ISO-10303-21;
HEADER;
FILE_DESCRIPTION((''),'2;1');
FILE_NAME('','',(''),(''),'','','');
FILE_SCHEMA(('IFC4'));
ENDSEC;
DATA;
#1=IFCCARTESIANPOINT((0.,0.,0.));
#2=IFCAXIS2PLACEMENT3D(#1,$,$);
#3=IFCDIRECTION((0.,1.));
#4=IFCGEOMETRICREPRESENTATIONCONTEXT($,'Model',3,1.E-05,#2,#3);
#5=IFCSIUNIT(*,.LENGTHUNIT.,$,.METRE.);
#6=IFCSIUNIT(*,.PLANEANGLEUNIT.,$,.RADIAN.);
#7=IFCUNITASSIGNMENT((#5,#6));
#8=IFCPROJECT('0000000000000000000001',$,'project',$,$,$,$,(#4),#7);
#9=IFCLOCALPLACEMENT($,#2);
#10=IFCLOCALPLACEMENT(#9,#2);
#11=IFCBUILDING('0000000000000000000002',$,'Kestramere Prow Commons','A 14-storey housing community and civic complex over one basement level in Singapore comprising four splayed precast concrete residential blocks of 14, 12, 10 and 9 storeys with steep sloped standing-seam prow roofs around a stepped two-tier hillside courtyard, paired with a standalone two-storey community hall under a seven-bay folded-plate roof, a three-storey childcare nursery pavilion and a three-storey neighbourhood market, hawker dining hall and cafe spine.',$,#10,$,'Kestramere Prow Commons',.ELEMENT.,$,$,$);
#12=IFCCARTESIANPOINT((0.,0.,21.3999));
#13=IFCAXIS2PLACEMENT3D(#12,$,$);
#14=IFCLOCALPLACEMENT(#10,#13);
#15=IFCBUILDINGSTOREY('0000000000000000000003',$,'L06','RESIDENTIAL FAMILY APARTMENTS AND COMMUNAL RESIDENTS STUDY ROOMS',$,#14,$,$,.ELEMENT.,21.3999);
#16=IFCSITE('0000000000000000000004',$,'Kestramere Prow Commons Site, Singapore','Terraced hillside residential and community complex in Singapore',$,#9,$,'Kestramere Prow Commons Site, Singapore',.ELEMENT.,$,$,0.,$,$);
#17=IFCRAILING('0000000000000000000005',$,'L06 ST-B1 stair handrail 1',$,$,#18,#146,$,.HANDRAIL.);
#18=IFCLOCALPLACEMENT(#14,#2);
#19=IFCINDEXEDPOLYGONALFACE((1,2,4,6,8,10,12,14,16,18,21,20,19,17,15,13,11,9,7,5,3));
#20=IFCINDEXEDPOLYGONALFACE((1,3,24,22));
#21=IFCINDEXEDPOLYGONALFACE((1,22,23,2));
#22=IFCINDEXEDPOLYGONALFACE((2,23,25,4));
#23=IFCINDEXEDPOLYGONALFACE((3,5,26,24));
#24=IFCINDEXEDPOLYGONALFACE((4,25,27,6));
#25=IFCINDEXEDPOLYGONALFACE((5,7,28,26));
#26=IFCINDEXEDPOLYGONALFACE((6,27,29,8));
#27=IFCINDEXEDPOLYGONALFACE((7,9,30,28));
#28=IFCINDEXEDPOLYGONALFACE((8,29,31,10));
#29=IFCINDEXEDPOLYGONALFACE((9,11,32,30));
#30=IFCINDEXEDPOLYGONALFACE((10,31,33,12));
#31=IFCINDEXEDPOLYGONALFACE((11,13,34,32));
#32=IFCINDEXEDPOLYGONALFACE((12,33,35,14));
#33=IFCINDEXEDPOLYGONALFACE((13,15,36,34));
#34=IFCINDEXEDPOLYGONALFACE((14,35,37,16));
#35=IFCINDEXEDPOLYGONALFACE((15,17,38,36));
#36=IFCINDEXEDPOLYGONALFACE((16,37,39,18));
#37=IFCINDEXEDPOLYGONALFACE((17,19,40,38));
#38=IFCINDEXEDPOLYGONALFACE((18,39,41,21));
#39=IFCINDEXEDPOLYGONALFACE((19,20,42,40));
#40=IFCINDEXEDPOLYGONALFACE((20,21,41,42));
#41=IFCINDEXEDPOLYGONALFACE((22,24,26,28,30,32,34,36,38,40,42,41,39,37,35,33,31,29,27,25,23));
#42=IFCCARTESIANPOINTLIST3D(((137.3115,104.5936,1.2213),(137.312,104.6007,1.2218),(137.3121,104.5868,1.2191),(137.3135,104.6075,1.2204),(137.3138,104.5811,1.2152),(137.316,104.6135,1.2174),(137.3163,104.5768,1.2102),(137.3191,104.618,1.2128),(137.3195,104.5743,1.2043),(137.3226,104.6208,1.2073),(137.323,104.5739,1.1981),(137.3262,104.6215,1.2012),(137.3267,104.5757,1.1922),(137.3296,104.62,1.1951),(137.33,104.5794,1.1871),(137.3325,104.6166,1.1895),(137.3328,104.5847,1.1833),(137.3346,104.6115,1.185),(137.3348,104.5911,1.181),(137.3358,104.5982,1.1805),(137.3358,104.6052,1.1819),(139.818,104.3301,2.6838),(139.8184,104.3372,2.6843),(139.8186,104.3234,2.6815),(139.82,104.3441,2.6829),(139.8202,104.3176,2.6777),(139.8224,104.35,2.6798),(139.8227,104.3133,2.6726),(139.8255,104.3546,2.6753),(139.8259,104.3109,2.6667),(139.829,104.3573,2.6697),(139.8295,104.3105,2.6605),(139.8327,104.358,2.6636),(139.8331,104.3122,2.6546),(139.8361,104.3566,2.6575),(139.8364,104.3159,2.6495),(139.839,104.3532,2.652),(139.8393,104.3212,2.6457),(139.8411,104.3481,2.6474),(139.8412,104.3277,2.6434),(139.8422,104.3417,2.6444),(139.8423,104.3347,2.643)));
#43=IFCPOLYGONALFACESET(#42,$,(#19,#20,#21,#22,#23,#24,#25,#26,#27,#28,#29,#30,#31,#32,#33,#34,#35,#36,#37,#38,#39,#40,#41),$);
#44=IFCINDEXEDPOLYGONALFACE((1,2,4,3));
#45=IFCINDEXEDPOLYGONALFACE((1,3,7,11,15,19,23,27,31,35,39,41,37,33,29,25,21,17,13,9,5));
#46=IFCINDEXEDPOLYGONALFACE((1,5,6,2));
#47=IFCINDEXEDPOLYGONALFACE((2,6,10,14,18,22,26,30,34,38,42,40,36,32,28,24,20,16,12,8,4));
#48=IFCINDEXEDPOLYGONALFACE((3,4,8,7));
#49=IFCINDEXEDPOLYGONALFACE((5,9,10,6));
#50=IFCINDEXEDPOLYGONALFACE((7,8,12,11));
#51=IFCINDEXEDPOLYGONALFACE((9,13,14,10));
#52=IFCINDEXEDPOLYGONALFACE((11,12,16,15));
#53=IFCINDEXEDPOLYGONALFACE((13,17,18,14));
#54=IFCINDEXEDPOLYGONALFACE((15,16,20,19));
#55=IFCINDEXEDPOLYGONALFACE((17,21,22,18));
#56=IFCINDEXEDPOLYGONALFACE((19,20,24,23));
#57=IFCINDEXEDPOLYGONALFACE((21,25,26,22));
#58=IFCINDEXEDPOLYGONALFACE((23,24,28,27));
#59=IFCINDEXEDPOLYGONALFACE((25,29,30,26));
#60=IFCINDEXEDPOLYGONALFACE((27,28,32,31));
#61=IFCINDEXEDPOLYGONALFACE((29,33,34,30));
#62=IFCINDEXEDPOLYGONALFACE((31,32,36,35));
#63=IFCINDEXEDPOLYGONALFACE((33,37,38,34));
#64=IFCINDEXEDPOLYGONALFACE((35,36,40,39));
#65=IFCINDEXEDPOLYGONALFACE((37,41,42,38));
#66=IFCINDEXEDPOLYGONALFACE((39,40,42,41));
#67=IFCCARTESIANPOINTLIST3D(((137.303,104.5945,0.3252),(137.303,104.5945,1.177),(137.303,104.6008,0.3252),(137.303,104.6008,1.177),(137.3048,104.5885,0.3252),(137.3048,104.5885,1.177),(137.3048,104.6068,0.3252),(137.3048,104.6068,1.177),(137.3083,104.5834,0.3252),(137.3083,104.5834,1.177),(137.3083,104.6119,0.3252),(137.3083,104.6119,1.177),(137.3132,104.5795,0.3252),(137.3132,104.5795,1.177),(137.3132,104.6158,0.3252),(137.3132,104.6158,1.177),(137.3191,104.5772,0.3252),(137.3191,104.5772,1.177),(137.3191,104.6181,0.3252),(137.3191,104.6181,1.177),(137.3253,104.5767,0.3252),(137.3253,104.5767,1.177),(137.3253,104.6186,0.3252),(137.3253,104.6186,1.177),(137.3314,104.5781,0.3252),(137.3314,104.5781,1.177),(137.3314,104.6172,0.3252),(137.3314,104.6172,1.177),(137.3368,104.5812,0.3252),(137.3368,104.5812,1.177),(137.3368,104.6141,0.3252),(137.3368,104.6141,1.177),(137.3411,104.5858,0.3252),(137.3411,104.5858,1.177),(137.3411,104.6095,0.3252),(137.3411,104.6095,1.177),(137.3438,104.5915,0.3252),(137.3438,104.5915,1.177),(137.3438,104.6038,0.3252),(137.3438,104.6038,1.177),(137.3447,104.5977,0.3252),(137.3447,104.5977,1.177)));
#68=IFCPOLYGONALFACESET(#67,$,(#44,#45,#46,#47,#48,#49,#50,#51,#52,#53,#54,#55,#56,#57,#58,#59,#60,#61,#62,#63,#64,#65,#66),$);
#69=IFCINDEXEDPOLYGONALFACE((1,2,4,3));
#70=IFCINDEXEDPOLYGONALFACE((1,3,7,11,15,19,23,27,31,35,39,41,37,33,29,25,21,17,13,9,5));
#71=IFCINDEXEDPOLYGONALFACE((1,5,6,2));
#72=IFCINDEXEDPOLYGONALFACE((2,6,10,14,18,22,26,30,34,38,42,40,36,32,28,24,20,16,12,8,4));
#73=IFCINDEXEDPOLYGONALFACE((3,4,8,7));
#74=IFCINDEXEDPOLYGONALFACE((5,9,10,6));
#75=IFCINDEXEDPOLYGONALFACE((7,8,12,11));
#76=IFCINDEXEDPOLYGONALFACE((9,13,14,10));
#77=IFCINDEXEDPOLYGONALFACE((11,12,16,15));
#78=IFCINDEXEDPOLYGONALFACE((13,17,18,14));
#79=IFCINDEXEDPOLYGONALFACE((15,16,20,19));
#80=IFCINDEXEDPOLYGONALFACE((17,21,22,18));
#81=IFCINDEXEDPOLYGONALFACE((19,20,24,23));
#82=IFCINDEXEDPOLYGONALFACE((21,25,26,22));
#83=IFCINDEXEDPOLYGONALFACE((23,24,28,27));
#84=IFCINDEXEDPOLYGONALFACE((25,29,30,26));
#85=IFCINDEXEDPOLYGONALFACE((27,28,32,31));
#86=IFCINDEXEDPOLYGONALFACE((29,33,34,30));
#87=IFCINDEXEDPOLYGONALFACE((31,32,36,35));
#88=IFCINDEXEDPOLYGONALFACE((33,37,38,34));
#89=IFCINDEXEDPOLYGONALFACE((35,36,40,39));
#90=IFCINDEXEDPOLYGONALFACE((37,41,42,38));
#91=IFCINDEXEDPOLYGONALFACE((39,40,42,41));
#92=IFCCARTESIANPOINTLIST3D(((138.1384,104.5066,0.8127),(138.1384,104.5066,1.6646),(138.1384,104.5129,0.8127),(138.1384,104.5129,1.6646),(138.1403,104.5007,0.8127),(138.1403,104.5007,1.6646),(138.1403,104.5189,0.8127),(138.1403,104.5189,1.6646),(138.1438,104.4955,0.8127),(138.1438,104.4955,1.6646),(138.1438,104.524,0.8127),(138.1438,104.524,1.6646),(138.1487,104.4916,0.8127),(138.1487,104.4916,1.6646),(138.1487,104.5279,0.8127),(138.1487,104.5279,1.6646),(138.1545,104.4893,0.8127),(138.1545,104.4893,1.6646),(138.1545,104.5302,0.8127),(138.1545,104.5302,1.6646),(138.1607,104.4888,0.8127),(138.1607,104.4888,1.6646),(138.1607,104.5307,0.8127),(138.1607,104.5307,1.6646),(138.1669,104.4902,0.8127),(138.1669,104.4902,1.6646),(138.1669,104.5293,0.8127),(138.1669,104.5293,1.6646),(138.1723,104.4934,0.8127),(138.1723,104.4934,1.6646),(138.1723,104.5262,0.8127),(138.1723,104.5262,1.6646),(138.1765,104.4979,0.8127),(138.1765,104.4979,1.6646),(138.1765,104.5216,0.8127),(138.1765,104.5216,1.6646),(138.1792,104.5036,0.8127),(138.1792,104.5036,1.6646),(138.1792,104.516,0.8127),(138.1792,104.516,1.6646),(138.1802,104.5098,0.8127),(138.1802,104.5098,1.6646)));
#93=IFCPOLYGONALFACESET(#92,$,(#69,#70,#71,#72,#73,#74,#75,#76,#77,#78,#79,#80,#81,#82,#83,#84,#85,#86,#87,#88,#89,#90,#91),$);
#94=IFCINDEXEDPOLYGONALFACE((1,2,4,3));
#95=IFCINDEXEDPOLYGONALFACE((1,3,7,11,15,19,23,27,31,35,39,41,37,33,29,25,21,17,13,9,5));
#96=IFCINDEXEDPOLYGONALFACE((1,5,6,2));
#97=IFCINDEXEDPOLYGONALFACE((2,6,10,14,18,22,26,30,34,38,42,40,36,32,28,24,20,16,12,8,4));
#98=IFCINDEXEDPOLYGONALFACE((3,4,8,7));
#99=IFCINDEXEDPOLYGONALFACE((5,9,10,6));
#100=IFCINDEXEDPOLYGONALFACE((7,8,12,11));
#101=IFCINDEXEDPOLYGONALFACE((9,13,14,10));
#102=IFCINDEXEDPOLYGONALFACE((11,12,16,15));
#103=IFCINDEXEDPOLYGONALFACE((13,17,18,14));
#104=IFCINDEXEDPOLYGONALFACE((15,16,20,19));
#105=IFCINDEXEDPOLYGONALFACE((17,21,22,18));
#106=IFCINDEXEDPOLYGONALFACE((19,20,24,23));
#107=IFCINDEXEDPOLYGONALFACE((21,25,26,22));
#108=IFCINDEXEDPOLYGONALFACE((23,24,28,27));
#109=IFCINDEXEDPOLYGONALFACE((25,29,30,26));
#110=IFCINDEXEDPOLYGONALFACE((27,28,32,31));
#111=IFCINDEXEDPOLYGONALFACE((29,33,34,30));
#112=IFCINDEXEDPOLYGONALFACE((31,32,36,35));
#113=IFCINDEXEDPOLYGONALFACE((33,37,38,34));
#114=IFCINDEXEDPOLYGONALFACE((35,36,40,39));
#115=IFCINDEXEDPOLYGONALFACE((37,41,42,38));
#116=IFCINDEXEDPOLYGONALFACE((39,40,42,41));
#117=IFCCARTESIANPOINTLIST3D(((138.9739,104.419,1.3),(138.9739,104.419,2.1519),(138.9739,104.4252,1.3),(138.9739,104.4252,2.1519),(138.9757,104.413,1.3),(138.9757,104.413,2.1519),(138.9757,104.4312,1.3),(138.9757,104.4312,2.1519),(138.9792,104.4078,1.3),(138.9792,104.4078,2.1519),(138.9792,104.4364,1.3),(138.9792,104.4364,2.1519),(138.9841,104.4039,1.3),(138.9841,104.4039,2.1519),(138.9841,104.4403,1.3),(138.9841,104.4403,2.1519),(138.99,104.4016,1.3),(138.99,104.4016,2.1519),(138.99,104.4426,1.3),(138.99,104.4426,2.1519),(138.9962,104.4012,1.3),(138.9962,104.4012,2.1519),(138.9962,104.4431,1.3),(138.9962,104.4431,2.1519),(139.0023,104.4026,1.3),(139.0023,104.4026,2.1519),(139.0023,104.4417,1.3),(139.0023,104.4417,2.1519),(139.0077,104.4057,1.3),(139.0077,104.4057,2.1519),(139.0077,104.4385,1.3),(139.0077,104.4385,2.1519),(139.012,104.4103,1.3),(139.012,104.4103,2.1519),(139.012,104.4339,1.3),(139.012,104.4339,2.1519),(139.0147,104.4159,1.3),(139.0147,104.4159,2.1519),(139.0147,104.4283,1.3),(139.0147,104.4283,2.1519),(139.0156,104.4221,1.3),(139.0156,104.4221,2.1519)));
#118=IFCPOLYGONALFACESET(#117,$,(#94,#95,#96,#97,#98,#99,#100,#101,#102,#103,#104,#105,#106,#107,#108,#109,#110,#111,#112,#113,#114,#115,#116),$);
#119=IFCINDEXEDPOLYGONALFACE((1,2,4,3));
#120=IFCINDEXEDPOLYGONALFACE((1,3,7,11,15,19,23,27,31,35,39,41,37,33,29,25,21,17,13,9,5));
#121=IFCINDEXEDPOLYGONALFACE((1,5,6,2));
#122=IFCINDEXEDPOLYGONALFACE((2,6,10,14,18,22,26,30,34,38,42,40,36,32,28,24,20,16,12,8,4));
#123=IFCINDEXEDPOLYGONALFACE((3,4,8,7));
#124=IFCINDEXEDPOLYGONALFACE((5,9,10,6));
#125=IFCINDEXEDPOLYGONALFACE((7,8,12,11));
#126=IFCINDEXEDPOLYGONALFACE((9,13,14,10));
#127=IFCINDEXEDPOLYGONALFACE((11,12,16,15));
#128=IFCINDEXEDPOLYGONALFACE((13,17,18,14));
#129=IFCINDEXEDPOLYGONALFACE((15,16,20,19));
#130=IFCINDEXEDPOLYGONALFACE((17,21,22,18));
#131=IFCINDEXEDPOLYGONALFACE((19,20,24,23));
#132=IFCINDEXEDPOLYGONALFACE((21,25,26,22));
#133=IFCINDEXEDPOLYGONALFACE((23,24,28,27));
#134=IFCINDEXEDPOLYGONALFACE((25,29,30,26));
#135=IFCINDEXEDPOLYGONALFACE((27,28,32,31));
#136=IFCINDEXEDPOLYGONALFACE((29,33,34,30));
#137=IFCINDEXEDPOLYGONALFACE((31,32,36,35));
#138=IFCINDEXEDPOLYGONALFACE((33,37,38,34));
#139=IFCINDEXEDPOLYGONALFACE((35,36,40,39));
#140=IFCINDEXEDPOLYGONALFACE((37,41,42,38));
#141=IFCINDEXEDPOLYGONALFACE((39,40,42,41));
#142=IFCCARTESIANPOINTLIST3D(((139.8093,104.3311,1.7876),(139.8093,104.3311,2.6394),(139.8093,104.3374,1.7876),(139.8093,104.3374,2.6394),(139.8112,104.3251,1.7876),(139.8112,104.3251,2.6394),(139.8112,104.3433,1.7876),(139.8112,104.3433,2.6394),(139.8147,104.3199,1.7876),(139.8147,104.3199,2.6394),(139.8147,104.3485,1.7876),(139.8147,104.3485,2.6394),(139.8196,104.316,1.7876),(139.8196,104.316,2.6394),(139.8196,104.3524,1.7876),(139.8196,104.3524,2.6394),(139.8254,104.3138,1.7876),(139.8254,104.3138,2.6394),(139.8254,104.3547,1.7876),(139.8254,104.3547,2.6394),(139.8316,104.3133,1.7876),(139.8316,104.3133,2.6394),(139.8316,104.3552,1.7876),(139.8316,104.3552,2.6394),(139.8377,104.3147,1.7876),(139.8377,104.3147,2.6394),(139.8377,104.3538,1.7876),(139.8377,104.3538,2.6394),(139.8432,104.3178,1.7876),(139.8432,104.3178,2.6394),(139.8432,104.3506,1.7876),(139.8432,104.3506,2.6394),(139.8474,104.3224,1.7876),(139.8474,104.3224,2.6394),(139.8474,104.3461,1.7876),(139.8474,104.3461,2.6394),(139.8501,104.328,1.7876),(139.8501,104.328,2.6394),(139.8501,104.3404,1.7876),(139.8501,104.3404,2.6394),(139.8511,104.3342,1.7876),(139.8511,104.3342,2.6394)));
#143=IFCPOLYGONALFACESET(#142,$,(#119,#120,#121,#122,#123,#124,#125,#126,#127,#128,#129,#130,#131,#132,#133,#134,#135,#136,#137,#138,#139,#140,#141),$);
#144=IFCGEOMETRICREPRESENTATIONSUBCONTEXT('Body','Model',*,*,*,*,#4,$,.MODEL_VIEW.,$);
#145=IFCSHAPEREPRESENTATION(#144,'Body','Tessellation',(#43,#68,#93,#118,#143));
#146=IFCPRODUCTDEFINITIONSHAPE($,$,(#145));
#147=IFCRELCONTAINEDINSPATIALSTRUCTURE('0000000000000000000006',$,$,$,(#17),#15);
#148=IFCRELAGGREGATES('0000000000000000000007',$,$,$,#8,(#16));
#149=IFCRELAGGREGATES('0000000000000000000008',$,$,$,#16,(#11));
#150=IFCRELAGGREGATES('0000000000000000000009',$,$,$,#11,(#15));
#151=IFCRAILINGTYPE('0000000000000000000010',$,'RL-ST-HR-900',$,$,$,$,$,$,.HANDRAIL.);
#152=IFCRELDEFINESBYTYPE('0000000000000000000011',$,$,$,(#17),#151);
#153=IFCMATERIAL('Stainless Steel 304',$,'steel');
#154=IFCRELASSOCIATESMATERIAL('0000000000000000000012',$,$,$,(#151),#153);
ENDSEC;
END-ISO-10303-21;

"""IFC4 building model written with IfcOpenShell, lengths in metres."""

from ifc_helpers import new_model, si_unit, direction, frame, origin, origin_2d, place, context, subcontext, project, spatial, circle, extrude, material, type_object, element, save


model = new_model("IFC4")

# Units and contexts
model_context = context("Model", 3, precision=1e-05, world=origin(), true_north=direction((0.0, 1.0)))
body_context = subcontext(model_context, "Body", "Model", "MODEL_VIEW")
ifc_project = project(units=[si_unit("LENGTHUNIT", "METRE"), si_unit("PLANEANGLEUNIT", "RADIAN")], contexts=[model_context])

# Site, building, storey
site_placement = place(None, origin())
site = spatial("IfcSite", under=ifc_project, at=site_placement, Name="Kestramere Prow Commons Site, Singapore", Description="Terraced hillside residential and community complex in Singapore", LongName="Kestramere Prow Commons Site, Singapore", CompositionType="ELEMENT", RefElevation=0.0)
building_placement = place(site_placement, origin())
building = spatial("IfcBuilding", under=site, at=building_placement, Name="Kestramere Prow Commons", Description="A 14-storey housing community and civic complex over one basement level in Singapore comprising four splayed precast concrete residential blocks of 14, 12, 10 and 9 storeys with steep sloped standing-seam prow roofs around a stepped two-tier hillside courtyard, paired with a standalone two-storey community hall under a seven-bay folded-plate roof, a three-storey childcare nursery pavilion and a three-storey neighbourhood market, hawker dining hall and cafe spine.", LongName="Kestramere Prow Commons", CompositionType="ELEMENT")
storey_placement = place(building_placement, frame((0.0, 0.0, 21.3999)))
storey = spatial("IfcBuildingStorey", under=building, at=storey_placement, Name="L06", Description="RESIDENTIAL FAMILY APARTMENTS AND COMMUNAL RESIDENTS STUDY ROOMS", CompositionType="ELEMENT", Elevation=21.3999)

# Railing
ifc_material_1 = material(Name="Stainless Steel 304", Category="steel")
railing_type_1 = type_object("IfcRailingType", Name="RL-ST-HR-900", PredefinedType="HANDRAIL", material=ifc_material_1)
railing_1_placement = place(storey_placement, frame((137.3237, 104.5977, 0.3252)))
element("IfcRailing", 1, at=railing_1_placement, inside=storey, type_object=railing_type_1, Name="L06 ST-B1 stair handrail 1", PredefinedType="HANDRAIL", context=body_context, shape_type="SweptSolid", body=[
    extrude(circle(Radius=0.0239, at=origin_2d()), frame((0.0, 0.0, 0.876), z_axis=(0.860187, -0.090409, 0.501901), x_axis=(0.104528, 0.994522, 0.0)), (0.0, 0.0, 1.0), 2.9138),
    extrude(circle(Radius=0.021, at=origin_2d()), origin(), (0.0, 0.0, 1.0), 0.8518),
    extrude(circle(Radius=0.021, at=origin_2d()), frame((0.8354, -0.0879, 0.4875)), (0.0, 0.0, 1.0), 0.8518),
    extrude(circle(Radius=0.021, at=origin_2d()), frame((1.6709, -0.1755, 0.9749)), (0.0, 0.0, 1.0), 0.8518),
    extrude(circle(Radius=0.021, at=origin_2d()), frame((2.5063, -0.2634, 1.4624)), (0.0, 0.0, 1.0), 0.8518),
])

save(model, "model.ifc")
